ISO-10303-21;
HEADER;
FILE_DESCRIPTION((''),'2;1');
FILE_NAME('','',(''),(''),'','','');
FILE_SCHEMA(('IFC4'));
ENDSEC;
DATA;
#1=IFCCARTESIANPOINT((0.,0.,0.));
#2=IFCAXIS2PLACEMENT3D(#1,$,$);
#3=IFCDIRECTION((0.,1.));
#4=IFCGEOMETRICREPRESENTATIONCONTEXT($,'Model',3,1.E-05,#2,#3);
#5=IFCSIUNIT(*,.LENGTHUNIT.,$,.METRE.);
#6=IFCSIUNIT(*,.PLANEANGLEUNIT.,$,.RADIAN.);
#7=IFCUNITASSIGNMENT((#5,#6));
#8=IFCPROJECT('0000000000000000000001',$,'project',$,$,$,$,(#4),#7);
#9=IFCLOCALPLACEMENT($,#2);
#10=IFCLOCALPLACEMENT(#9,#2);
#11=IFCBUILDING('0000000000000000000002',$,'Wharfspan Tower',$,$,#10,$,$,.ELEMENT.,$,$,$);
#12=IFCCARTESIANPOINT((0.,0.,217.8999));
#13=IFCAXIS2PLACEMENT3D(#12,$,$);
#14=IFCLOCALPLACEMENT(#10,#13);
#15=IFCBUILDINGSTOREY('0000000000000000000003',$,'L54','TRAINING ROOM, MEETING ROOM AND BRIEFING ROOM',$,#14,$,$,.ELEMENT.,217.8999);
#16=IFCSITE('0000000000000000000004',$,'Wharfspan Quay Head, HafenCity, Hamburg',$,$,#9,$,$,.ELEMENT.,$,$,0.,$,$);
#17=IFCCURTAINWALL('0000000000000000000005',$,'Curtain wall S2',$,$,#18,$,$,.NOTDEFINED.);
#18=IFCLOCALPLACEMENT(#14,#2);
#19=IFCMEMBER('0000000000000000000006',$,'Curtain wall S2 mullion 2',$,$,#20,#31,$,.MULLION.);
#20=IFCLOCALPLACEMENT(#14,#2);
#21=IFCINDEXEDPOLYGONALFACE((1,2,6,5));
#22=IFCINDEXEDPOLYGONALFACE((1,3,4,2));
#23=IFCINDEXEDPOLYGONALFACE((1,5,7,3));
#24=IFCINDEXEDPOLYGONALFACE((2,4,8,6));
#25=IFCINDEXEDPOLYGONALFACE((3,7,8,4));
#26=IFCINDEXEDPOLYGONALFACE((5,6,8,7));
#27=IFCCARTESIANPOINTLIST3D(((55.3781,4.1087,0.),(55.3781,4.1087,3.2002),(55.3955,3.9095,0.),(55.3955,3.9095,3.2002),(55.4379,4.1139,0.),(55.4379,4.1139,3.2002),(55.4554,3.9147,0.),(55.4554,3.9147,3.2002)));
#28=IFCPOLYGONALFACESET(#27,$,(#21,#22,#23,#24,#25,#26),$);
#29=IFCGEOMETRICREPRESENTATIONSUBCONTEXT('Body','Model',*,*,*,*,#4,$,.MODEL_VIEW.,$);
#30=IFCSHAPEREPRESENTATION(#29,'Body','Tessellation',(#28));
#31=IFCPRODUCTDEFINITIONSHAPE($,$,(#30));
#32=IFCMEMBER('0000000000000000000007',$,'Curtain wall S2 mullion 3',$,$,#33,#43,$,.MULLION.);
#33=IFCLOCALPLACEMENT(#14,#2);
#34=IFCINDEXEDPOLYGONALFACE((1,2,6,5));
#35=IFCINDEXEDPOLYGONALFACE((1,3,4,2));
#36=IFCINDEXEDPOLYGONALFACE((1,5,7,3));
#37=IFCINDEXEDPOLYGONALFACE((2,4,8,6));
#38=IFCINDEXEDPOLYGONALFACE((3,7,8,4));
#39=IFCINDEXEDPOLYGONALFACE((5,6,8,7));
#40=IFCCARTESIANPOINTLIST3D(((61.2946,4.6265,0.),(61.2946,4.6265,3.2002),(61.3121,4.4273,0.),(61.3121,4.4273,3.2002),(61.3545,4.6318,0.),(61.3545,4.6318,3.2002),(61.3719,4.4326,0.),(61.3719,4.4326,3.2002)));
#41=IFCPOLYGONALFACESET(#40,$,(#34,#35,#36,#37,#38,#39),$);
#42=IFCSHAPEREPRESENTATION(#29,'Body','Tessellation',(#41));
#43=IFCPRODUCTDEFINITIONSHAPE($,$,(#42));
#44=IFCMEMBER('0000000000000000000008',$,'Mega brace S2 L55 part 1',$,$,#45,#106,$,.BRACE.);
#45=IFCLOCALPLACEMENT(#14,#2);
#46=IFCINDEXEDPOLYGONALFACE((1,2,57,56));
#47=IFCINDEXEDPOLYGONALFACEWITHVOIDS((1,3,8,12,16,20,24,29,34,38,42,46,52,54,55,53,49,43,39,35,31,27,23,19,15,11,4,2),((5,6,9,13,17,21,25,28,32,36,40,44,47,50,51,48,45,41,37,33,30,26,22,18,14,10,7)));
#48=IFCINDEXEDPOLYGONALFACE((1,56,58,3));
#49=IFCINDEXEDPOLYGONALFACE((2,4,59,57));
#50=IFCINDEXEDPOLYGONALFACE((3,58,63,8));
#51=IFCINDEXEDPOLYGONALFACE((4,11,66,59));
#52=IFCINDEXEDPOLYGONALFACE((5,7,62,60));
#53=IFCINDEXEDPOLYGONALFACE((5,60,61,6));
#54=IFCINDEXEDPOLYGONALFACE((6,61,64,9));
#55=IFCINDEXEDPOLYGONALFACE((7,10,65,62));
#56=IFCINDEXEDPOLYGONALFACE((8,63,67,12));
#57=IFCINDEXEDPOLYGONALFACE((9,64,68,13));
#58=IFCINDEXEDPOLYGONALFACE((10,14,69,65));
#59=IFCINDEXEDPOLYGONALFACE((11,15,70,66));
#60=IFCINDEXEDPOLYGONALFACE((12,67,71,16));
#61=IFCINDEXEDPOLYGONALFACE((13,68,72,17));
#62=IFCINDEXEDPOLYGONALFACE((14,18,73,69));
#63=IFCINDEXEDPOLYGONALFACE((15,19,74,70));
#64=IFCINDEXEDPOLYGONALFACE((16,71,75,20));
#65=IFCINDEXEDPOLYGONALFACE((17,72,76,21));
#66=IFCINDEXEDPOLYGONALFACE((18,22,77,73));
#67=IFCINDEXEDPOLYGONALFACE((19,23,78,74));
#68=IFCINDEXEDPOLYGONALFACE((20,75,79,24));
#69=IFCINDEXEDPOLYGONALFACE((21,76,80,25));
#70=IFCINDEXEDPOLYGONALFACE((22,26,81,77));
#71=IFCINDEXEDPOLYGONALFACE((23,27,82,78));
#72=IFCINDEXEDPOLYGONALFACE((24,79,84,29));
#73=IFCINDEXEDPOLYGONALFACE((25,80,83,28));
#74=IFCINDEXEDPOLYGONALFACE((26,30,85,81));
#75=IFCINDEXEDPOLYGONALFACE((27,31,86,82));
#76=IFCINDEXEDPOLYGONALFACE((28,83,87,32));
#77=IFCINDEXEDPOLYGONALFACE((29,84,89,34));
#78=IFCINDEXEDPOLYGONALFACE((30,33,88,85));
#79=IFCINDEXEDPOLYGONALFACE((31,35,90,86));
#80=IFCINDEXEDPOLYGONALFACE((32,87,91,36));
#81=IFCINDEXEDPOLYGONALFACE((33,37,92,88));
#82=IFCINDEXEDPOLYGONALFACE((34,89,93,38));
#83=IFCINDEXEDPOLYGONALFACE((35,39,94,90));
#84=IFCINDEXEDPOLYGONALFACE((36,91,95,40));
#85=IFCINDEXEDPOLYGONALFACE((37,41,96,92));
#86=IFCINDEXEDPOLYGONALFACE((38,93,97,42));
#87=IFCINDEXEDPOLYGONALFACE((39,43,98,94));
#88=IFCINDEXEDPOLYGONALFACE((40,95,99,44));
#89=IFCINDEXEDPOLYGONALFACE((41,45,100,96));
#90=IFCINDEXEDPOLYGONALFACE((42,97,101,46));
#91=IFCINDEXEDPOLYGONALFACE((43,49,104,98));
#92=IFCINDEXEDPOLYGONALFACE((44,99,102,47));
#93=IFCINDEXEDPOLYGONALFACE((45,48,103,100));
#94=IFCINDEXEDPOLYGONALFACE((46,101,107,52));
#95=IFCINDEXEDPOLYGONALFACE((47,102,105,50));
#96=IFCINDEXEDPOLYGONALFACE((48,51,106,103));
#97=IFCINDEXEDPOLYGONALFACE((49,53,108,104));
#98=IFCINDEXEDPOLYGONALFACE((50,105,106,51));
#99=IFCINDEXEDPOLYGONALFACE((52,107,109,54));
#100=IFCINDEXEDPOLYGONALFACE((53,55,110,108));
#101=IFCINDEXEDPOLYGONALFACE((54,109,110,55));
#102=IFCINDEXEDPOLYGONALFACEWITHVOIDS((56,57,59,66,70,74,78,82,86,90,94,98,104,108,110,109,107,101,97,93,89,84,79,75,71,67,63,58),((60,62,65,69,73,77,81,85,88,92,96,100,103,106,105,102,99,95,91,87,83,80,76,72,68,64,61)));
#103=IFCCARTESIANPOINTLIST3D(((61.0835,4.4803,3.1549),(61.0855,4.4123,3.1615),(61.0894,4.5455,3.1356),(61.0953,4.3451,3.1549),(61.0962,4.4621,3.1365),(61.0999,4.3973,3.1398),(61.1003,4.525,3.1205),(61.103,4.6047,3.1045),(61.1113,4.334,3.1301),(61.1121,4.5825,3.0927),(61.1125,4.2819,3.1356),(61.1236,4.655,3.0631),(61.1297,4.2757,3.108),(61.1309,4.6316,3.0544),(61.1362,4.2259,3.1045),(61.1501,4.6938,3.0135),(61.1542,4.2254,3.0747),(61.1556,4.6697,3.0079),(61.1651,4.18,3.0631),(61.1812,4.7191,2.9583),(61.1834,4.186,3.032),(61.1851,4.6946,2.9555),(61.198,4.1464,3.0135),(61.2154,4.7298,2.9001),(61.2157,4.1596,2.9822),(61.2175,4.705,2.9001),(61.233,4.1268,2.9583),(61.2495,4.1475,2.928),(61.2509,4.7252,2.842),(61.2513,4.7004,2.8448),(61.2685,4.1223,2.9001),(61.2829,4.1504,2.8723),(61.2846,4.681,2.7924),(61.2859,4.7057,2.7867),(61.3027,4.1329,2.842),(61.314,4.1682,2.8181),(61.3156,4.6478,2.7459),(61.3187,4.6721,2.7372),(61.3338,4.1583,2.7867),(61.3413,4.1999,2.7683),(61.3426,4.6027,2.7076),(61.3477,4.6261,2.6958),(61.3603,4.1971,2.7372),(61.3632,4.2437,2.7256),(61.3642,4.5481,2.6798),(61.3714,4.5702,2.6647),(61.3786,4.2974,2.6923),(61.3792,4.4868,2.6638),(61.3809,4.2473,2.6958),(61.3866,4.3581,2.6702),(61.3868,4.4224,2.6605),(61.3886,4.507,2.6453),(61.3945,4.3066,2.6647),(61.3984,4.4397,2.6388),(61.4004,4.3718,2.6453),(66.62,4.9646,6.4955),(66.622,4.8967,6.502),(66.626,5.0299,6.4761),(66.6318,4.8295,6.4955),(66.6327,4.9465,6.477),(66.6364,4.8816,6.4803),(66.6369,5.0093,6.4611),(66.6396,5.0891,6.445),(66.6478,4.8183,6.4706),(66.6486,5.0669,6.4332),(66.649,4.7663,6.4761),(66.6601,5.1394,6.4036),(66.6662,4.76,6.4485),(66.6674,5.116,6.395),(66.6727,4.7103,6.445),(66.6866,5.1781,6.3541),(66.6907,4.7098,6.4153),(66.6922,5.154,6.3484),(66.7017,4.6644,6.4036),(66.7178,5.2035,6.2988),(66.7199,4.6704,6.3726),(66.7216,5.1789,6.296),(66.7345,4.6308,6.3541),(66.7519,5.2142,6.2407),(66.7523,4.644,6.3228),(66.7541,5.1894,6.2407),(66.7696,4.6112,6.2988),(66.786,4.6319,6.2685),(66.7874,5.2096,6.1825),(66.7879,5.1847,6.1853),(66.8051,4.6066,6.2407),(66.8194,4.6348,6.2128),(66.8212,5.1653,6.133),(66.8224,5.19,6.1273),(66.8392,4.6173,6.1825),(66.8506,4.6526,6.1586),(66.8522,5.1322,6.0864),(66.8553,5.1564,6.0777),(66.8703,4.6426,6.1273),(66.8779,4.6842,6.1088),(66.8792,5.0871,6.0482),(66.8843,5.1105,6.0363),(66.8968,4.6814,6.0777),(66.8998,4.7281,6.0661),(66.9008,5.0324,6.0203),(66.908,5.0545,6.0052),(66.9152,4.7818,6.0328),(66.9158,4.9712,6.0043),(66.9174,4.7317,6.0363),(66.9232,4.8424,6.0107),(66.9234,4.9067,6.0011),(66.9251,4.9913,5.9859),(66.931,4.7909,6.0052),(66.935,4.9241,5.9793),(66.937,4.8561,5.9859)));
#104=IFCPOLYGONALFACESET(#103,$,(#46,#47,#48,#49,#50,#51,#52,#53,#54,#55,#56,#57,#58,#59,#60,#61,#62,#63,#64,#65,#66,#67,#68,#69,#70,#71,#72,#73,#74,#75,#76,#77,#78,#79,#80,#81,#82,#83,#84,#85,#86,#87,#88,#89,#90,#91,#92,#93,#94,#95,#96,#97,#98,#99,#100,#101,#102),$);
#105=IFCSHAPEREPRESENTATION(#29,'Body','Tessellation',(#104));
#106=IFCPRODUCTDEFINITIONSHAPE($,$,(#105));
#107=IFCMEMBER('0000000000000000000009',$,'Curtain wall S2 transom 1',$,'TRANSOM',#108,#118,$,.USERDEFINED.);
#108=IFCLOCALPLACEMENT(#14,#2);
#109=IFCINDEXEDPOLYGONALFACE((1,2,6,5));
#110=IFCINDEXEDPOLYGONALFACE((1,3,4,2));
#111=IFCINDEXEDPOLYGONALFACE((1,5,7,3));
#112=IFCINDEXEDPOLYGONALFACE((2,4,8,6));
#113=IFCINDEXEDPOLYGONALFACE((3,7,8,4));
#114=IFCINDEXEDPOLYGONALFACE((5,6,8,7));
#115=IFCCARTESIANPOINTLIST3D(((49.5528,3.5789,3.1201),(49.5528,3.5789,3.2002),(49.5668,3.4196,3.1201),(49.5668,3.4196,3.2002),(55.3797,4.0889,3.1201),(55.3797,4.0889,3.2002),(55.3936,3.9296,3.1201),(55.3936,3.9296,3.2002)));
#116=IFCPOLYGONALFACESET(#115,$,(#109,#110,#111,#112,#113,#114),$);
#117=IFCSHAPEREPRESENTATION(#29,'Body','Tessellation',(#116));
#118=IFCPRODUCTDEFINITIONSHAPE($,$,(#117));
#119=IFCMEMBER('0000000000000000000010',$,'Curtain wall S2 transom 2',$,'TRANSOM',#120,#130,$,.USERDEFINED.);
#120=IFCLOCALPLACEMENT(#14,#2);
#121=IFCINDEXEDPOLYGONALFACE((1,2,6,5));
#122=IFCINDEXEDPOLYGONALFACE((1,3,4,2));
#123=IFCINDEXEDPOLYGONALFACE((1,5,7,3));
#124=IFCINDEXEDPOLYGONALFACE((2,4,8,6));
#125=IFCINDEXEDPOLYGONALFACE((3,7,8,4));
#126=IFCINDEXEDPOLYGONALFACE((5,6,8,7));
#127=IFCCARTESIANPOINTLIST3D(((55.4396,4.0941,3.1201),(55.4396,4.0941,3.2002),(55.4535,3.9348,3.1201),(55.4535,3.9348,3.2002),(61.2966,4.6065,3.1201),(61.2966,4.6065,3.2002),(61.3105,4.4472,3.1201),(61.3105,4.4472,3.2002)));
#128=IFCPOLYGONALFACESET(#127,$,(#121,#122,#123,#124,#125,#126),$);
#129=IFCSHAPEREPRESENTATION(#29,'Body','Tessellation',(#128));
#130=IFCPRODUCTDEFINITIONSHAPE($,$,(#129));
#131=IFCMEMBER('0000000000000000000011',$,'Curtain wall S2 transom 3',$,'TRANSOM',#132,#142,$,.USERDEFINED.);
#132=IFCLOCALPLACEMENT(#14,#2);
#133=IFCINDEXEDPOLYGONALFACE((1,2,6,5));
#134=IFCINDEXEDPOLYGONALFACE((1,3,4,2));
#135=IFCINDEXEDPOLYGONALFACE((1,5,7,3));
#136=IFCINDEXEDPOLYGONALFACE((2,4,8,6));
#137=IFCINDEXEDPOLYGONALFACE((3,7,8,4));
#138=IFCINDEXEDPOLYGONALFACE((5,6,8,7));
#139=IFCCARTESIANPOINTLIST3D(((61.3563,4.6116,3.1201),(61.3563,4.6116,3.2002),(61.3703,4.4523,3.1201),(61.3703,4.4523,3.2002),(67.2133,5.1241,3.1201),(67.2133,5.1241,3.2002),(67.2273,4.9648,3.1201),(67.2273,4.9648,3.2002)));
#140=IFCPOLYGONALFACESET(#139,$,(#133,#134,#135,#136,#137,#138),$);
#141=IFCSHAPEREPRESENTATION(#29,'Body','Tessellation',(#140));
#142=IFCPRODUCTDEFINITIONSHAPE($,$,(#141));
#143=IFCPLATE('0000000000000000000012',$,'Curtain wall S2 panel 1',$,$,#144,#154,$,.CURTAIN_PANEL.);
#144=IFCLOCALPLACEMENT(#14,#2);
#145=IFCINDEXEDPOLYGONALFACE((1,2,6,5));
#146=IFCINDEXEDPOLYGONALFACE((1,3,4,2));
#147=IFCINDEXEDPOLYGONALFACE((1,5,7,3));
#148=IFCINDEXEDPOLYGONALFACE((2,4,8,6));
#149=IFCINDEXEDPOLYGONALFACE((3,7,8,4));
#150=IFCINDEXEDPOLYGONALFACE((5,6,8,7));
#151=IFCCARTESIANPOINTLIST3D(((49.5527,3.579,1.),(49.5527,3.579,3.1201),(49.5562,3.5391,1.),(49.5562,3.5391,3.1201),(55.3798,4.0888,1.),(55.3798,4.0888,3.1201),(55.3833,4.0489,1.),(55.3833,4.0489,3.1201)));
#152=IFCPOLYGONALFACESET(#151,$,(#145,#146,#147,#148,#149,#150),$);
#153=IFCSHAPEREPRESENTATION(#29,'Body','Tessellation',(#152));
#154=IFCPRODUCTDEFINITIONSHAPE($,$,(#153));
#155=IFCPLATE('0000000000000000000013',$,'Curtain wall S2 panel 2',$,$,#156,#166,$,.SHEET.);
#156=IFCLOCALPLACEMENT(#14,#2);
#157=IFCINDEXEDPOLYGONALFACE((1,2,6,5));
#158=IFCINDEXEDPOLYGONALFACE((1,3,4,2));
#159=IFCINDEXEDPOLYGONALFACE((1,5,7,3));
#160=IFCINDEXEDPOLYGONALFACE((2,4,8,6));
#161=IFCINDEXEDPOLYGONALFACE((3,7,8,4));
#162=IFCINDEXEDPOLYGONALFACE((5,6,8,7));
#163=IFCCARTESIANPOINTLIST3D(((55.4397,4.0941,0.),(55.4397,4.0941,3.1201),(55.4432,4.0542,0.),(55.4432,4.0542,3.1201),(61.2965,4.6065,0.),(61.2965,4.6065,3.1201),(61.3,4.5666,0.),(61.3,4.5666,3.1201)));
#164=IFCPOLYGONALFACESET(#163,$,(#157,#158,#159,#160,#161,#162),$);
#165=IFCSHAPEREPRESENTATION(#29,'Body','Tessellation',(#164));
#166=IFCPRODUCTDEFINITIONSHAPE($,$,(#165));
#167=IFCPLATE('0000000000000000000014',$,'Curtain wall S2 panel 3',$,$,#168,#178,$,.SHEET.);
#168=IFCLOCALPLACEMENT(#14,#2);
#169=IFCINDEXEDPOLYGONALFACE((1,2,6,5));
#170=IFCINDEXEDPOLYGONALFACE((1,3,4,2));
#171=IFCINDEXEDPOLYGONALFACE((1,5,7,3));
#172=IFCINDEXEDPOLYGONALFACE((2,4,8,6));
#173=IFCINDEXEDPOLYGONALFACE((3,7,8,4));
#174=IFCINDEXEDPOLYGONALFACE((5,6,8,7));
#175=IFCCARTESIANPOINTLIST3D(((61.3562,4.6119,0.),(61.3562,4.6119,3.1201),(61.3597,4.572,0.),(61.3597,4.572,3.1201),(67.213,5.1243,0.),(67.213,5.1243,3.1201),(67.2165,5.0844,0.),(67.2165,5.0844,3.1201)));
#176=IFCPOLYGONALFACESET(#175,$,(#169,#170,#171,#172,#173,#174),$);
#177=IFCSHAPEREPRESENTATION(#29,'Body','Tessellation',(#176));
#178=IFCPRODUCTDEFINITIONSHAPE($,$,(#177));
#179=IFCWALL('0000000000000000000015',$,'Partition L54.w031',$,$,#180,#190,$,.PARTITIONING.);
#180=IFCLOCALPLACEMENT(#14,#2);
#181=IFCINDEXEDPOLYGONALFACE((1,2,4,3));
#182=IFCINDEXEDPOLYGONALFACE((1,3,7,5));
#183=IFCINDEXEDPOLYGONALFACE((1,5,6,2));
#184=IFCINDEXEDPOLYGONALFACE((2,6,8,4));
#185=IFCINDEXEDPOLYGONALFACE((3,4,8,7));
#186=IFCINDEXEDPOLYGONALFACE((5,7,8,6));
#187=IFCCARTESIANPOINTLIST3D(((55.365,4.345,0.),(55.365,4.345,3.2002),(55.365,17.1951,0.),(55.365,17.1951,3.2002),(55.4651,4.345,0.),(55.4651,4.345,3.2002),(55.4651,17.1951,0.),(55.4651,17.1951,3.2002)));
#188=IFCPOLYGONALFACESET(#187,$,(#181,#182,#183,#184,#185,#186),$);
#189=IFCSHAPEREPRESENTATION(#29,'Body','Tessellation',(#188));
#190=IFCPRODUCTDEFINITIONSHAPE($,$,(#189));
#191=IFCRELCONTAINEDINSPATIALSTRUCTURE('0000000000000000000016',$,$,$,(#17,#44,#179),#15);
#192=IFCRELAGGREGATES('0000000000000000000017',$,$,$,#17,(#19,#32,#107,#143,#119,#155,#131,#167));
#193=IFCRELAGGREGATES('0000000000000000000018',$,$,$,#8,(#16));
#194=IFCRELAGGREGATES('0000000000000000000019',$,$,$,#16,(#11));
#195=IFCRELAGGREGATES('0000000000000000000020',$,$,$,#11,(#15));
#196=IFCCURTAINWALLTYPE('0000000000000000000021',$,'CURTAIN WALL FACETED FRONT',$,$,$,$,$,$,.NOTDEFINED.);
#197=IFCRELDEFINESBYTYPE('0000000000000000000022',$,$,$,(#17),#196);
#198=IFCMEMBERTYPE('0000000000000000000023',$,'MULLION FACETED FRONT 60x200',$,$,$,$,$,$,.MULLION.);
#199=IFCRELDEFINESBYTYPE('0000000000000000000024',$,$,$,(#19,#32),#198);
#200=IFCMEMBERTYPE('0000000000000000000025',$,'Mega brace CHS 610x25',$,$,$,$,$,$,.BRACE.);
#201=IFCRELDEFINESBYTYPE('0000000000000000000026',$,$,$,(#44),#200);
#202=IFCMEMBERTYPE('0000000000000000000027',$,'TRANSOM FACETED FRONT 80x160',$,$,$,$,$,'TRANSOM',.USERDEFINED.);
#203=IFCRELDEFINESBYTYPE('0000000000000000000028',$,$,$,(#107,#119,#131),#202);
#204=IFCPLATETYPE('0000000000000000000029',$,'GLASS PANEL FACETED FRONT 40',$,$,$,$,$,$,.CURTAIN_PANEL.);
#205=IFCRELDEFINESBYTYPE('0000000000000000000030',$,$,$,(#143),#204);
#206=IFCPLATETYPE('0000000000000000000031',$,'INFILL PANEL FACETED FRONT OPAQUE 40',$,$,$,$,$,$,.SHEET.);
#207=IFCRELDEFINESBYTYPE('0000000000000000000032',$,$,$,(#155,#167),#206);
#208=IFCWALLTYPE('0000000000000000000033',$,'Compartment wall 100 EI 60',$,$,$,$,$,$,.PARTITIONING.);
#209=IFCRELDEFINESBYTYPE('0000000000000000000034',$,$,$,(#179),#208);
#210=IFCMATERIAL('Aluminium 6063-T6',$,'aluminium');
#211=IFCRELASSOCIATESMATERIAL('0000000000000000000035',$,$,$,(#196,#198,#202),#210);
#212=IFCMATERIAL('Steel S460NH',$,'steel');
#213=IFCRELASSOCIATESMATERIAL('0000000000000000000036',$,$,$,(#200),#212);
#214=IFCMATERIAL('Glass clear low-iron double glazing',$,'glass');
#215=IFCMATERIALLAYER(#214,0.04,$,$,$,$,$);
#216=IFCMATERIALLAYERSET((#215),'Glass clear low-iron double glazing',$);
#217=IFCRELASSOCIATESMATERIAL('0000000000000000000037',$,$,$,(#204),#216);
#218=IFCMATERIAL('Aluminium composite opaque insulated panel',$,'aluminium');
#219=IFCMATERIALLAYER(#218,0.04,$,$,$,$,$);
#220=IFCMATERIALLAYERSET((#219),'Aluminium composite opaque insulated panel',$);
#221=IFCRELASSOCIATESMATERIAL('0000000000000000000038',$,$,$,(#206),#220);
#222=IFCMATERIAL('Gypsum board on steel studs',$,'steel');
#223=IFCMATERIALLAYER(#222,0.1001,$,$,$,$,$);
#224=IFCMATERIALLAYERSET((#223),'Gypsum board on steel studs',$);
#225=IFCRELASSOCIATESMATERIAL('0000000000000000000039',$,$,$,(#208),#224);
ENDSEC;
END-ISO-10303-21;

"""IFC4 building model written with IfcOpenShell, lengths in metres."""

from ifc_helpers import new_model, si_unit, direction, frame, frame_2d, origin, origin_2d, place, context, subcontext, project, spatial, rectangle, hollow_circle, extrude, material, layer, layer_set, material_profile, profile_set, type_object, element, aggregate, save


model = new_model("IFC4")

# Units and contexts
model_context = context("Model", 3, precision=1e-05, world=origin(), true_north=direction((0.0, 1.0)))
body_context = subcontext(model_context, "Body", "Model", "MODEL_VIEW")
ifc_project = project(units=[si_unit("LENGTHUNIT", "METRE"), si_unit("PLANEANGLEUNIT", "RADIAN")], contexts=[model_context])

# Site, building, storey
site_placement = place(None, origin())
site = spatial("IfcSite", under=ifc_project, at=site_placement, Name="Wharfspan Quay Head, HafenCity, Hamburg", CompositionType="ELEMENT", RefElevation=0.0)
building_placement = place(site_placement, origin())
building = spatial("IfcBuilding", under=site, at=building_placement, Name="Wharfspan Tower", CompositionType="ELEMENT")
storey_placement = place(building_placement, frame((0.0, 0.0, 217.8999)))
storey = spatial("IfcBuildingStorey", under=building, at=storey_placement, Name="L54", Description="TRAINING ROOM, MEETING ROOM AND BRIEFING ROOM", CompositionType="ELEMENT", Elevation=217.8999)

# Curtain wall, members
ifc_material_1 = material(Name="Aluminium 6063-T6", Category="aluminium")
curtain_wall_type = type_object("IfcCurtainWallType", Name="CURTAIN WALL FACETED FRONT", PredefinedType="NOTDEFINED", material=ifc_material_1)
curtain_wall_placement = place(storey_placement, origin())
curtain_wall = element("IfcCurtainWall", 1, at=curtain_wall_placement, inside=storey, type_object=curtain_wall_type, Name="Curtain wall S2", PredefinedType="NOTDEFINED")
ifc_material_profile_1 = material_profile(ifc_material_1, rectangle(XDim=0.2, YDim=0.0601, at=origin_2d()))
ifc_profile_set_1 = profile_set([ifc_material_profile_1], Name="Aluminium 6063-T6")
member_type_1 = type_object("IfcMemberType", Name="MULLION FACETED FRONT 60x200", PredefinedType="MULLION", material=ifc_profile_set_1)
member_1_placement = place(storey_placement, frame((55.4167, 4.0117, 0.0), z_axis=(0.0, 0.0, 1.0), x_axis=(-0.087156, 0.996197, 0.0)))
member_1 = element("IfcMember", 2, at=member_1_placement, type_object=member_type_1, Name="Curtain wall S2 mullion 2", PredefinedType="MULLION", context=body_context, shape_type="SweptSolid", body=[
    extrude(rectangle(XDim=0.2, YDim=0.0601, at=origin_2d()), origin(), (0.0, 0.0, 1.0), 3.2002),
])
member_2_placement = place(storey_placement, frame((61.3333, 4.5295, 0.0), z_axis=(0.0, 0.0, 1.0), x_axis=(-0.087156, 0.996197, 0.0)))
member_2 = element("IfcMember", 3, at=member_2_placement, type_object=member_type_1, Name="Curtain wall S2 mullion 3", PredefinedType="MULLION", context=body_context, shape_type="SweptSolid", body=[
    extrude(rectangle(XDim=0.2, YDim=0.0601, at=origin_2d()), origin(), (0.0, 0.0, 1.0), 3.2002),
])

# Members
ifc_material_2 = material(Name="Steel S460NH", Category="steel")
ifc_material_profile_2 = material_profile(ifc_material_2, hollow_circle(Radius=0.3049, WallThickness=0.0249, at=origin_2d()))
ifc_profile_set_2 = profile_set([ifc_material_profile_2], Name="Steel S460NH")
member_type_2 = type_object("IfcMemberType", Name="Mega brace CHS 610x25", PredefinedType="BRACE", material=ifc_profile_set_2)
member_3_placement = place(storey_placement, frame((61.2419, 4.426, 2.9001), z_axis=(0.853829, 0.074698, 0.515166), x_axis=(-0.087155, 0.996197, 0.000003)))
element("IfcMember", 4, at=member_3_placement, inside=storey, type_object=member_type_2, Name="Mega brace S2 L55 part 1", PredefinedType="BRACE", context=body_context, shape_type="SweptSolid", body=[
    extrude(hollow_circle(Radius=0.3049, WallThickness=0.0249, at=origin_2d()), origin(), (0.0, 0.0, 1.0), 6.4844),
])
ifc_material_profile_3 = material_profile(ifc_material_1, rectangle(XDim=0.1599, YDim=0.0801, at=origin_2d()))
ifc_profile_set_3 = profile_set([ifc_material_profile_3], Name="Aluminium 6063-T6")
member_type_3 = type_object("IfcMemberType", Name="TRANSOM FACETED FRONT 80x160", ElementType="TRANSOM", PredefinedType="USERDEFINED", material=ifc_profile_set_3)
member_4_placement = place(storey_placement, frame((49.5598, 3.4993, 3.1602), z_axis=(0.996191, 0.087193, 0.0), x_axis=(-0.087193, 0.996191, 0.0)))
member_4 = element("IfcMember", 5, at=member_4_placement, type_object=member_type_3, Name="Curtain wall S2 transom 1", ObjectType="TRANSOM", PredefinedType="USERDEFINED", context=body_context, shape_type="SweptSolid", body=[
    extrude(rectangle(XDim=0.1599, YDim=0.0801, at=origin_2d()), origin(), (0.0, 0.0, 1.0), 5.8491),
])
member_5_placement = place(storey_placement, frame((55.4465, 4.0144, 3.1602), z_axis=(0.996194, 0.087162, 0.0), x_axis=(-0.087162, 0.996194, 0.0)))
member_5 = element("IfcMember", 6, at=member_5_placement, type_object=member_type_3, Name="Curtain wall S2 transom 2", ObjectType="TRANSOM", PredefinedType="USERDEFINED", context=body_context, shape_type="SweptSolid", body=[
    extrude(rectangle(XDim=0.1599, YDim=0.0801, at=origin_2d()), origin(), (0.0, 0.0, 1.0), 5.8794),
])
member_6_placement = place(storey_placement, frame((61.3633, 4.532, 3.1602), z_axis=(0.996194, 0.087162, 0.0), x_axis=(-0.087162, 0.996194, 0.0)))
member_6 = element("IfcMember", 7, at=member_6_placement, type_object=member_type_3, Name="Curtain wall S2 transom 3", ObjectType="TRANSOM", PredefinedType="USERDEFINED", context=body_context, shape_type="SweptSolid", body=[
    extrude(rectangle(XDim=0.1599, YDim=0.0801, at=origin_2d()), origin(), (0.0, 0.0, 1.0), 5.8794),
])

# Plates
ifc_material_3 = material(Name="Glass clear low-iron double glazing", Category="glass")
ifc_layer_1 = layer(ifc_material_3, 0.04)
ifc_layer_set_1 = layer_set([ifc_layer_1], Name="Glass clear low-iron double glazing")
plate_type_1 = type_object("IfcPlateType", Name="GLASS PANEL FACETED FRONT 40", PredefinedType="CURTAIN_PANEL", material=ifc_layer_set_1)
plate_1_placement = place(storey_placement, frame((52.468, 3.814, 1.0), z_axis=(0.0, 0.0, 1.0), x_axis=(0.996197, 0.087156, 0.0)))
plate_1 = element("IfcPlate", 8, at=plate_1_placement, type_object=plate_type_1, Name="Curtain wall S2 panel 1", PredefinedType="CURTAIN_PANEL", context=body_context, shape_type="SweptSolid", body=[
    extrude(rectangle(XDim=5.8494, YDim=0.04, at=origin_2d()), origin(), (0.0, 0.0, 1.0), 2.1201),
])
ifc_material_4 = material(Name="Aluminium composite opaque insulated panel", Category="aluminium")
ifc_layer_2 = layer(ifc_material_4, 0.04)
ifc_layer_set_2 = layer_set([ifc_layer_2], Name="Aluminium composite opaque insulated panel")
plate_type_2 = type_object("IfcPlateType", Name="INFILL PANEL FACETED FRONT OPAQUE 40", PredefinedType="SHEET", material=ifc_layer_set_2)
plate_2_placement = place(storey_placement, frame((58.3699, 4.3303, 0.0), z_axis=(0.0, 0.0, 1.0), x_axis=(0.996197, 0.087156, 0.0)))
plate_2 = element("IfcPlate", 9, at=plate_2_placement, type_object=plate_type_2, Name="Curtain wall S2 panel 2", PredefinedType="SHEET", context=body_context, shape_type="SweptSolid", body=[
    extrude(rectangle(XDim=5.8792, YDim=0.04, at=origin_2d()), origin(), (0.0, 0.0, 1.0), 3.1201),
])
plate_3_placement = place(storey_placement, frame((64.2864, 4.8481, 0.0), z_axis=(0.0, 0.0, 1.0), x_axis=(0.996197, 0.087156, 0.0)))
plate_3 = element("IfcPlate", 10, at=plate_3_placement, type_object=plate_type_2, Name="Curtain wall S2 panel 3", PredefinedType="SHEET", context=body_context, shape_type="SweptSolid", body=[
    extrude(rectangle(XDim=5.8792, YDim=0.04, at=origin_2d()), origin(), (0.0, 0.0, 1.0), 3.1201),
])
aggregate(curtain_wall, [member_1, member_2, member_4, plate_1, member_5, plate_2, member_6, plate_3])

# Wall
ifc_material_5 = material(Name="Gypsum board on steel studs", Category="steel")
ifc_layer_3 = layer(ifc_material_5, 0.1001)
ifc_layer_set_3 = layer_set([ifc_layer_3], Name="Gypsum board on steel studs")
wall_type_1 = type_object("IfcWallType", Name="Compartment wall 100 EI 60", PredefinedType="PARTITIONING", material=ifc_layer_set_3)
wall_1_placement = place(storey_placement, frame((55.415, 4.345, 0.0), z_axis=(0.0, 0.0, 1.0), x_axis=(0.0, 1.0, 0.0)))
element("IfcWall", 11, at=wall_1_placement, inside=storey, type_object=wall_type_1, Name="Partition L54.w031", PredefinedType="PARTITIONING", context=body_context, shape_type="SweptSolid", body=[
    extrude(rectangle(XDim=12.8501, YDim=0.1001, at=frame_2d((6.425, 0.0))), origin(), (0.0, 0.0, 1.0), 3.2002),
])

save(model, "model.ifc")
